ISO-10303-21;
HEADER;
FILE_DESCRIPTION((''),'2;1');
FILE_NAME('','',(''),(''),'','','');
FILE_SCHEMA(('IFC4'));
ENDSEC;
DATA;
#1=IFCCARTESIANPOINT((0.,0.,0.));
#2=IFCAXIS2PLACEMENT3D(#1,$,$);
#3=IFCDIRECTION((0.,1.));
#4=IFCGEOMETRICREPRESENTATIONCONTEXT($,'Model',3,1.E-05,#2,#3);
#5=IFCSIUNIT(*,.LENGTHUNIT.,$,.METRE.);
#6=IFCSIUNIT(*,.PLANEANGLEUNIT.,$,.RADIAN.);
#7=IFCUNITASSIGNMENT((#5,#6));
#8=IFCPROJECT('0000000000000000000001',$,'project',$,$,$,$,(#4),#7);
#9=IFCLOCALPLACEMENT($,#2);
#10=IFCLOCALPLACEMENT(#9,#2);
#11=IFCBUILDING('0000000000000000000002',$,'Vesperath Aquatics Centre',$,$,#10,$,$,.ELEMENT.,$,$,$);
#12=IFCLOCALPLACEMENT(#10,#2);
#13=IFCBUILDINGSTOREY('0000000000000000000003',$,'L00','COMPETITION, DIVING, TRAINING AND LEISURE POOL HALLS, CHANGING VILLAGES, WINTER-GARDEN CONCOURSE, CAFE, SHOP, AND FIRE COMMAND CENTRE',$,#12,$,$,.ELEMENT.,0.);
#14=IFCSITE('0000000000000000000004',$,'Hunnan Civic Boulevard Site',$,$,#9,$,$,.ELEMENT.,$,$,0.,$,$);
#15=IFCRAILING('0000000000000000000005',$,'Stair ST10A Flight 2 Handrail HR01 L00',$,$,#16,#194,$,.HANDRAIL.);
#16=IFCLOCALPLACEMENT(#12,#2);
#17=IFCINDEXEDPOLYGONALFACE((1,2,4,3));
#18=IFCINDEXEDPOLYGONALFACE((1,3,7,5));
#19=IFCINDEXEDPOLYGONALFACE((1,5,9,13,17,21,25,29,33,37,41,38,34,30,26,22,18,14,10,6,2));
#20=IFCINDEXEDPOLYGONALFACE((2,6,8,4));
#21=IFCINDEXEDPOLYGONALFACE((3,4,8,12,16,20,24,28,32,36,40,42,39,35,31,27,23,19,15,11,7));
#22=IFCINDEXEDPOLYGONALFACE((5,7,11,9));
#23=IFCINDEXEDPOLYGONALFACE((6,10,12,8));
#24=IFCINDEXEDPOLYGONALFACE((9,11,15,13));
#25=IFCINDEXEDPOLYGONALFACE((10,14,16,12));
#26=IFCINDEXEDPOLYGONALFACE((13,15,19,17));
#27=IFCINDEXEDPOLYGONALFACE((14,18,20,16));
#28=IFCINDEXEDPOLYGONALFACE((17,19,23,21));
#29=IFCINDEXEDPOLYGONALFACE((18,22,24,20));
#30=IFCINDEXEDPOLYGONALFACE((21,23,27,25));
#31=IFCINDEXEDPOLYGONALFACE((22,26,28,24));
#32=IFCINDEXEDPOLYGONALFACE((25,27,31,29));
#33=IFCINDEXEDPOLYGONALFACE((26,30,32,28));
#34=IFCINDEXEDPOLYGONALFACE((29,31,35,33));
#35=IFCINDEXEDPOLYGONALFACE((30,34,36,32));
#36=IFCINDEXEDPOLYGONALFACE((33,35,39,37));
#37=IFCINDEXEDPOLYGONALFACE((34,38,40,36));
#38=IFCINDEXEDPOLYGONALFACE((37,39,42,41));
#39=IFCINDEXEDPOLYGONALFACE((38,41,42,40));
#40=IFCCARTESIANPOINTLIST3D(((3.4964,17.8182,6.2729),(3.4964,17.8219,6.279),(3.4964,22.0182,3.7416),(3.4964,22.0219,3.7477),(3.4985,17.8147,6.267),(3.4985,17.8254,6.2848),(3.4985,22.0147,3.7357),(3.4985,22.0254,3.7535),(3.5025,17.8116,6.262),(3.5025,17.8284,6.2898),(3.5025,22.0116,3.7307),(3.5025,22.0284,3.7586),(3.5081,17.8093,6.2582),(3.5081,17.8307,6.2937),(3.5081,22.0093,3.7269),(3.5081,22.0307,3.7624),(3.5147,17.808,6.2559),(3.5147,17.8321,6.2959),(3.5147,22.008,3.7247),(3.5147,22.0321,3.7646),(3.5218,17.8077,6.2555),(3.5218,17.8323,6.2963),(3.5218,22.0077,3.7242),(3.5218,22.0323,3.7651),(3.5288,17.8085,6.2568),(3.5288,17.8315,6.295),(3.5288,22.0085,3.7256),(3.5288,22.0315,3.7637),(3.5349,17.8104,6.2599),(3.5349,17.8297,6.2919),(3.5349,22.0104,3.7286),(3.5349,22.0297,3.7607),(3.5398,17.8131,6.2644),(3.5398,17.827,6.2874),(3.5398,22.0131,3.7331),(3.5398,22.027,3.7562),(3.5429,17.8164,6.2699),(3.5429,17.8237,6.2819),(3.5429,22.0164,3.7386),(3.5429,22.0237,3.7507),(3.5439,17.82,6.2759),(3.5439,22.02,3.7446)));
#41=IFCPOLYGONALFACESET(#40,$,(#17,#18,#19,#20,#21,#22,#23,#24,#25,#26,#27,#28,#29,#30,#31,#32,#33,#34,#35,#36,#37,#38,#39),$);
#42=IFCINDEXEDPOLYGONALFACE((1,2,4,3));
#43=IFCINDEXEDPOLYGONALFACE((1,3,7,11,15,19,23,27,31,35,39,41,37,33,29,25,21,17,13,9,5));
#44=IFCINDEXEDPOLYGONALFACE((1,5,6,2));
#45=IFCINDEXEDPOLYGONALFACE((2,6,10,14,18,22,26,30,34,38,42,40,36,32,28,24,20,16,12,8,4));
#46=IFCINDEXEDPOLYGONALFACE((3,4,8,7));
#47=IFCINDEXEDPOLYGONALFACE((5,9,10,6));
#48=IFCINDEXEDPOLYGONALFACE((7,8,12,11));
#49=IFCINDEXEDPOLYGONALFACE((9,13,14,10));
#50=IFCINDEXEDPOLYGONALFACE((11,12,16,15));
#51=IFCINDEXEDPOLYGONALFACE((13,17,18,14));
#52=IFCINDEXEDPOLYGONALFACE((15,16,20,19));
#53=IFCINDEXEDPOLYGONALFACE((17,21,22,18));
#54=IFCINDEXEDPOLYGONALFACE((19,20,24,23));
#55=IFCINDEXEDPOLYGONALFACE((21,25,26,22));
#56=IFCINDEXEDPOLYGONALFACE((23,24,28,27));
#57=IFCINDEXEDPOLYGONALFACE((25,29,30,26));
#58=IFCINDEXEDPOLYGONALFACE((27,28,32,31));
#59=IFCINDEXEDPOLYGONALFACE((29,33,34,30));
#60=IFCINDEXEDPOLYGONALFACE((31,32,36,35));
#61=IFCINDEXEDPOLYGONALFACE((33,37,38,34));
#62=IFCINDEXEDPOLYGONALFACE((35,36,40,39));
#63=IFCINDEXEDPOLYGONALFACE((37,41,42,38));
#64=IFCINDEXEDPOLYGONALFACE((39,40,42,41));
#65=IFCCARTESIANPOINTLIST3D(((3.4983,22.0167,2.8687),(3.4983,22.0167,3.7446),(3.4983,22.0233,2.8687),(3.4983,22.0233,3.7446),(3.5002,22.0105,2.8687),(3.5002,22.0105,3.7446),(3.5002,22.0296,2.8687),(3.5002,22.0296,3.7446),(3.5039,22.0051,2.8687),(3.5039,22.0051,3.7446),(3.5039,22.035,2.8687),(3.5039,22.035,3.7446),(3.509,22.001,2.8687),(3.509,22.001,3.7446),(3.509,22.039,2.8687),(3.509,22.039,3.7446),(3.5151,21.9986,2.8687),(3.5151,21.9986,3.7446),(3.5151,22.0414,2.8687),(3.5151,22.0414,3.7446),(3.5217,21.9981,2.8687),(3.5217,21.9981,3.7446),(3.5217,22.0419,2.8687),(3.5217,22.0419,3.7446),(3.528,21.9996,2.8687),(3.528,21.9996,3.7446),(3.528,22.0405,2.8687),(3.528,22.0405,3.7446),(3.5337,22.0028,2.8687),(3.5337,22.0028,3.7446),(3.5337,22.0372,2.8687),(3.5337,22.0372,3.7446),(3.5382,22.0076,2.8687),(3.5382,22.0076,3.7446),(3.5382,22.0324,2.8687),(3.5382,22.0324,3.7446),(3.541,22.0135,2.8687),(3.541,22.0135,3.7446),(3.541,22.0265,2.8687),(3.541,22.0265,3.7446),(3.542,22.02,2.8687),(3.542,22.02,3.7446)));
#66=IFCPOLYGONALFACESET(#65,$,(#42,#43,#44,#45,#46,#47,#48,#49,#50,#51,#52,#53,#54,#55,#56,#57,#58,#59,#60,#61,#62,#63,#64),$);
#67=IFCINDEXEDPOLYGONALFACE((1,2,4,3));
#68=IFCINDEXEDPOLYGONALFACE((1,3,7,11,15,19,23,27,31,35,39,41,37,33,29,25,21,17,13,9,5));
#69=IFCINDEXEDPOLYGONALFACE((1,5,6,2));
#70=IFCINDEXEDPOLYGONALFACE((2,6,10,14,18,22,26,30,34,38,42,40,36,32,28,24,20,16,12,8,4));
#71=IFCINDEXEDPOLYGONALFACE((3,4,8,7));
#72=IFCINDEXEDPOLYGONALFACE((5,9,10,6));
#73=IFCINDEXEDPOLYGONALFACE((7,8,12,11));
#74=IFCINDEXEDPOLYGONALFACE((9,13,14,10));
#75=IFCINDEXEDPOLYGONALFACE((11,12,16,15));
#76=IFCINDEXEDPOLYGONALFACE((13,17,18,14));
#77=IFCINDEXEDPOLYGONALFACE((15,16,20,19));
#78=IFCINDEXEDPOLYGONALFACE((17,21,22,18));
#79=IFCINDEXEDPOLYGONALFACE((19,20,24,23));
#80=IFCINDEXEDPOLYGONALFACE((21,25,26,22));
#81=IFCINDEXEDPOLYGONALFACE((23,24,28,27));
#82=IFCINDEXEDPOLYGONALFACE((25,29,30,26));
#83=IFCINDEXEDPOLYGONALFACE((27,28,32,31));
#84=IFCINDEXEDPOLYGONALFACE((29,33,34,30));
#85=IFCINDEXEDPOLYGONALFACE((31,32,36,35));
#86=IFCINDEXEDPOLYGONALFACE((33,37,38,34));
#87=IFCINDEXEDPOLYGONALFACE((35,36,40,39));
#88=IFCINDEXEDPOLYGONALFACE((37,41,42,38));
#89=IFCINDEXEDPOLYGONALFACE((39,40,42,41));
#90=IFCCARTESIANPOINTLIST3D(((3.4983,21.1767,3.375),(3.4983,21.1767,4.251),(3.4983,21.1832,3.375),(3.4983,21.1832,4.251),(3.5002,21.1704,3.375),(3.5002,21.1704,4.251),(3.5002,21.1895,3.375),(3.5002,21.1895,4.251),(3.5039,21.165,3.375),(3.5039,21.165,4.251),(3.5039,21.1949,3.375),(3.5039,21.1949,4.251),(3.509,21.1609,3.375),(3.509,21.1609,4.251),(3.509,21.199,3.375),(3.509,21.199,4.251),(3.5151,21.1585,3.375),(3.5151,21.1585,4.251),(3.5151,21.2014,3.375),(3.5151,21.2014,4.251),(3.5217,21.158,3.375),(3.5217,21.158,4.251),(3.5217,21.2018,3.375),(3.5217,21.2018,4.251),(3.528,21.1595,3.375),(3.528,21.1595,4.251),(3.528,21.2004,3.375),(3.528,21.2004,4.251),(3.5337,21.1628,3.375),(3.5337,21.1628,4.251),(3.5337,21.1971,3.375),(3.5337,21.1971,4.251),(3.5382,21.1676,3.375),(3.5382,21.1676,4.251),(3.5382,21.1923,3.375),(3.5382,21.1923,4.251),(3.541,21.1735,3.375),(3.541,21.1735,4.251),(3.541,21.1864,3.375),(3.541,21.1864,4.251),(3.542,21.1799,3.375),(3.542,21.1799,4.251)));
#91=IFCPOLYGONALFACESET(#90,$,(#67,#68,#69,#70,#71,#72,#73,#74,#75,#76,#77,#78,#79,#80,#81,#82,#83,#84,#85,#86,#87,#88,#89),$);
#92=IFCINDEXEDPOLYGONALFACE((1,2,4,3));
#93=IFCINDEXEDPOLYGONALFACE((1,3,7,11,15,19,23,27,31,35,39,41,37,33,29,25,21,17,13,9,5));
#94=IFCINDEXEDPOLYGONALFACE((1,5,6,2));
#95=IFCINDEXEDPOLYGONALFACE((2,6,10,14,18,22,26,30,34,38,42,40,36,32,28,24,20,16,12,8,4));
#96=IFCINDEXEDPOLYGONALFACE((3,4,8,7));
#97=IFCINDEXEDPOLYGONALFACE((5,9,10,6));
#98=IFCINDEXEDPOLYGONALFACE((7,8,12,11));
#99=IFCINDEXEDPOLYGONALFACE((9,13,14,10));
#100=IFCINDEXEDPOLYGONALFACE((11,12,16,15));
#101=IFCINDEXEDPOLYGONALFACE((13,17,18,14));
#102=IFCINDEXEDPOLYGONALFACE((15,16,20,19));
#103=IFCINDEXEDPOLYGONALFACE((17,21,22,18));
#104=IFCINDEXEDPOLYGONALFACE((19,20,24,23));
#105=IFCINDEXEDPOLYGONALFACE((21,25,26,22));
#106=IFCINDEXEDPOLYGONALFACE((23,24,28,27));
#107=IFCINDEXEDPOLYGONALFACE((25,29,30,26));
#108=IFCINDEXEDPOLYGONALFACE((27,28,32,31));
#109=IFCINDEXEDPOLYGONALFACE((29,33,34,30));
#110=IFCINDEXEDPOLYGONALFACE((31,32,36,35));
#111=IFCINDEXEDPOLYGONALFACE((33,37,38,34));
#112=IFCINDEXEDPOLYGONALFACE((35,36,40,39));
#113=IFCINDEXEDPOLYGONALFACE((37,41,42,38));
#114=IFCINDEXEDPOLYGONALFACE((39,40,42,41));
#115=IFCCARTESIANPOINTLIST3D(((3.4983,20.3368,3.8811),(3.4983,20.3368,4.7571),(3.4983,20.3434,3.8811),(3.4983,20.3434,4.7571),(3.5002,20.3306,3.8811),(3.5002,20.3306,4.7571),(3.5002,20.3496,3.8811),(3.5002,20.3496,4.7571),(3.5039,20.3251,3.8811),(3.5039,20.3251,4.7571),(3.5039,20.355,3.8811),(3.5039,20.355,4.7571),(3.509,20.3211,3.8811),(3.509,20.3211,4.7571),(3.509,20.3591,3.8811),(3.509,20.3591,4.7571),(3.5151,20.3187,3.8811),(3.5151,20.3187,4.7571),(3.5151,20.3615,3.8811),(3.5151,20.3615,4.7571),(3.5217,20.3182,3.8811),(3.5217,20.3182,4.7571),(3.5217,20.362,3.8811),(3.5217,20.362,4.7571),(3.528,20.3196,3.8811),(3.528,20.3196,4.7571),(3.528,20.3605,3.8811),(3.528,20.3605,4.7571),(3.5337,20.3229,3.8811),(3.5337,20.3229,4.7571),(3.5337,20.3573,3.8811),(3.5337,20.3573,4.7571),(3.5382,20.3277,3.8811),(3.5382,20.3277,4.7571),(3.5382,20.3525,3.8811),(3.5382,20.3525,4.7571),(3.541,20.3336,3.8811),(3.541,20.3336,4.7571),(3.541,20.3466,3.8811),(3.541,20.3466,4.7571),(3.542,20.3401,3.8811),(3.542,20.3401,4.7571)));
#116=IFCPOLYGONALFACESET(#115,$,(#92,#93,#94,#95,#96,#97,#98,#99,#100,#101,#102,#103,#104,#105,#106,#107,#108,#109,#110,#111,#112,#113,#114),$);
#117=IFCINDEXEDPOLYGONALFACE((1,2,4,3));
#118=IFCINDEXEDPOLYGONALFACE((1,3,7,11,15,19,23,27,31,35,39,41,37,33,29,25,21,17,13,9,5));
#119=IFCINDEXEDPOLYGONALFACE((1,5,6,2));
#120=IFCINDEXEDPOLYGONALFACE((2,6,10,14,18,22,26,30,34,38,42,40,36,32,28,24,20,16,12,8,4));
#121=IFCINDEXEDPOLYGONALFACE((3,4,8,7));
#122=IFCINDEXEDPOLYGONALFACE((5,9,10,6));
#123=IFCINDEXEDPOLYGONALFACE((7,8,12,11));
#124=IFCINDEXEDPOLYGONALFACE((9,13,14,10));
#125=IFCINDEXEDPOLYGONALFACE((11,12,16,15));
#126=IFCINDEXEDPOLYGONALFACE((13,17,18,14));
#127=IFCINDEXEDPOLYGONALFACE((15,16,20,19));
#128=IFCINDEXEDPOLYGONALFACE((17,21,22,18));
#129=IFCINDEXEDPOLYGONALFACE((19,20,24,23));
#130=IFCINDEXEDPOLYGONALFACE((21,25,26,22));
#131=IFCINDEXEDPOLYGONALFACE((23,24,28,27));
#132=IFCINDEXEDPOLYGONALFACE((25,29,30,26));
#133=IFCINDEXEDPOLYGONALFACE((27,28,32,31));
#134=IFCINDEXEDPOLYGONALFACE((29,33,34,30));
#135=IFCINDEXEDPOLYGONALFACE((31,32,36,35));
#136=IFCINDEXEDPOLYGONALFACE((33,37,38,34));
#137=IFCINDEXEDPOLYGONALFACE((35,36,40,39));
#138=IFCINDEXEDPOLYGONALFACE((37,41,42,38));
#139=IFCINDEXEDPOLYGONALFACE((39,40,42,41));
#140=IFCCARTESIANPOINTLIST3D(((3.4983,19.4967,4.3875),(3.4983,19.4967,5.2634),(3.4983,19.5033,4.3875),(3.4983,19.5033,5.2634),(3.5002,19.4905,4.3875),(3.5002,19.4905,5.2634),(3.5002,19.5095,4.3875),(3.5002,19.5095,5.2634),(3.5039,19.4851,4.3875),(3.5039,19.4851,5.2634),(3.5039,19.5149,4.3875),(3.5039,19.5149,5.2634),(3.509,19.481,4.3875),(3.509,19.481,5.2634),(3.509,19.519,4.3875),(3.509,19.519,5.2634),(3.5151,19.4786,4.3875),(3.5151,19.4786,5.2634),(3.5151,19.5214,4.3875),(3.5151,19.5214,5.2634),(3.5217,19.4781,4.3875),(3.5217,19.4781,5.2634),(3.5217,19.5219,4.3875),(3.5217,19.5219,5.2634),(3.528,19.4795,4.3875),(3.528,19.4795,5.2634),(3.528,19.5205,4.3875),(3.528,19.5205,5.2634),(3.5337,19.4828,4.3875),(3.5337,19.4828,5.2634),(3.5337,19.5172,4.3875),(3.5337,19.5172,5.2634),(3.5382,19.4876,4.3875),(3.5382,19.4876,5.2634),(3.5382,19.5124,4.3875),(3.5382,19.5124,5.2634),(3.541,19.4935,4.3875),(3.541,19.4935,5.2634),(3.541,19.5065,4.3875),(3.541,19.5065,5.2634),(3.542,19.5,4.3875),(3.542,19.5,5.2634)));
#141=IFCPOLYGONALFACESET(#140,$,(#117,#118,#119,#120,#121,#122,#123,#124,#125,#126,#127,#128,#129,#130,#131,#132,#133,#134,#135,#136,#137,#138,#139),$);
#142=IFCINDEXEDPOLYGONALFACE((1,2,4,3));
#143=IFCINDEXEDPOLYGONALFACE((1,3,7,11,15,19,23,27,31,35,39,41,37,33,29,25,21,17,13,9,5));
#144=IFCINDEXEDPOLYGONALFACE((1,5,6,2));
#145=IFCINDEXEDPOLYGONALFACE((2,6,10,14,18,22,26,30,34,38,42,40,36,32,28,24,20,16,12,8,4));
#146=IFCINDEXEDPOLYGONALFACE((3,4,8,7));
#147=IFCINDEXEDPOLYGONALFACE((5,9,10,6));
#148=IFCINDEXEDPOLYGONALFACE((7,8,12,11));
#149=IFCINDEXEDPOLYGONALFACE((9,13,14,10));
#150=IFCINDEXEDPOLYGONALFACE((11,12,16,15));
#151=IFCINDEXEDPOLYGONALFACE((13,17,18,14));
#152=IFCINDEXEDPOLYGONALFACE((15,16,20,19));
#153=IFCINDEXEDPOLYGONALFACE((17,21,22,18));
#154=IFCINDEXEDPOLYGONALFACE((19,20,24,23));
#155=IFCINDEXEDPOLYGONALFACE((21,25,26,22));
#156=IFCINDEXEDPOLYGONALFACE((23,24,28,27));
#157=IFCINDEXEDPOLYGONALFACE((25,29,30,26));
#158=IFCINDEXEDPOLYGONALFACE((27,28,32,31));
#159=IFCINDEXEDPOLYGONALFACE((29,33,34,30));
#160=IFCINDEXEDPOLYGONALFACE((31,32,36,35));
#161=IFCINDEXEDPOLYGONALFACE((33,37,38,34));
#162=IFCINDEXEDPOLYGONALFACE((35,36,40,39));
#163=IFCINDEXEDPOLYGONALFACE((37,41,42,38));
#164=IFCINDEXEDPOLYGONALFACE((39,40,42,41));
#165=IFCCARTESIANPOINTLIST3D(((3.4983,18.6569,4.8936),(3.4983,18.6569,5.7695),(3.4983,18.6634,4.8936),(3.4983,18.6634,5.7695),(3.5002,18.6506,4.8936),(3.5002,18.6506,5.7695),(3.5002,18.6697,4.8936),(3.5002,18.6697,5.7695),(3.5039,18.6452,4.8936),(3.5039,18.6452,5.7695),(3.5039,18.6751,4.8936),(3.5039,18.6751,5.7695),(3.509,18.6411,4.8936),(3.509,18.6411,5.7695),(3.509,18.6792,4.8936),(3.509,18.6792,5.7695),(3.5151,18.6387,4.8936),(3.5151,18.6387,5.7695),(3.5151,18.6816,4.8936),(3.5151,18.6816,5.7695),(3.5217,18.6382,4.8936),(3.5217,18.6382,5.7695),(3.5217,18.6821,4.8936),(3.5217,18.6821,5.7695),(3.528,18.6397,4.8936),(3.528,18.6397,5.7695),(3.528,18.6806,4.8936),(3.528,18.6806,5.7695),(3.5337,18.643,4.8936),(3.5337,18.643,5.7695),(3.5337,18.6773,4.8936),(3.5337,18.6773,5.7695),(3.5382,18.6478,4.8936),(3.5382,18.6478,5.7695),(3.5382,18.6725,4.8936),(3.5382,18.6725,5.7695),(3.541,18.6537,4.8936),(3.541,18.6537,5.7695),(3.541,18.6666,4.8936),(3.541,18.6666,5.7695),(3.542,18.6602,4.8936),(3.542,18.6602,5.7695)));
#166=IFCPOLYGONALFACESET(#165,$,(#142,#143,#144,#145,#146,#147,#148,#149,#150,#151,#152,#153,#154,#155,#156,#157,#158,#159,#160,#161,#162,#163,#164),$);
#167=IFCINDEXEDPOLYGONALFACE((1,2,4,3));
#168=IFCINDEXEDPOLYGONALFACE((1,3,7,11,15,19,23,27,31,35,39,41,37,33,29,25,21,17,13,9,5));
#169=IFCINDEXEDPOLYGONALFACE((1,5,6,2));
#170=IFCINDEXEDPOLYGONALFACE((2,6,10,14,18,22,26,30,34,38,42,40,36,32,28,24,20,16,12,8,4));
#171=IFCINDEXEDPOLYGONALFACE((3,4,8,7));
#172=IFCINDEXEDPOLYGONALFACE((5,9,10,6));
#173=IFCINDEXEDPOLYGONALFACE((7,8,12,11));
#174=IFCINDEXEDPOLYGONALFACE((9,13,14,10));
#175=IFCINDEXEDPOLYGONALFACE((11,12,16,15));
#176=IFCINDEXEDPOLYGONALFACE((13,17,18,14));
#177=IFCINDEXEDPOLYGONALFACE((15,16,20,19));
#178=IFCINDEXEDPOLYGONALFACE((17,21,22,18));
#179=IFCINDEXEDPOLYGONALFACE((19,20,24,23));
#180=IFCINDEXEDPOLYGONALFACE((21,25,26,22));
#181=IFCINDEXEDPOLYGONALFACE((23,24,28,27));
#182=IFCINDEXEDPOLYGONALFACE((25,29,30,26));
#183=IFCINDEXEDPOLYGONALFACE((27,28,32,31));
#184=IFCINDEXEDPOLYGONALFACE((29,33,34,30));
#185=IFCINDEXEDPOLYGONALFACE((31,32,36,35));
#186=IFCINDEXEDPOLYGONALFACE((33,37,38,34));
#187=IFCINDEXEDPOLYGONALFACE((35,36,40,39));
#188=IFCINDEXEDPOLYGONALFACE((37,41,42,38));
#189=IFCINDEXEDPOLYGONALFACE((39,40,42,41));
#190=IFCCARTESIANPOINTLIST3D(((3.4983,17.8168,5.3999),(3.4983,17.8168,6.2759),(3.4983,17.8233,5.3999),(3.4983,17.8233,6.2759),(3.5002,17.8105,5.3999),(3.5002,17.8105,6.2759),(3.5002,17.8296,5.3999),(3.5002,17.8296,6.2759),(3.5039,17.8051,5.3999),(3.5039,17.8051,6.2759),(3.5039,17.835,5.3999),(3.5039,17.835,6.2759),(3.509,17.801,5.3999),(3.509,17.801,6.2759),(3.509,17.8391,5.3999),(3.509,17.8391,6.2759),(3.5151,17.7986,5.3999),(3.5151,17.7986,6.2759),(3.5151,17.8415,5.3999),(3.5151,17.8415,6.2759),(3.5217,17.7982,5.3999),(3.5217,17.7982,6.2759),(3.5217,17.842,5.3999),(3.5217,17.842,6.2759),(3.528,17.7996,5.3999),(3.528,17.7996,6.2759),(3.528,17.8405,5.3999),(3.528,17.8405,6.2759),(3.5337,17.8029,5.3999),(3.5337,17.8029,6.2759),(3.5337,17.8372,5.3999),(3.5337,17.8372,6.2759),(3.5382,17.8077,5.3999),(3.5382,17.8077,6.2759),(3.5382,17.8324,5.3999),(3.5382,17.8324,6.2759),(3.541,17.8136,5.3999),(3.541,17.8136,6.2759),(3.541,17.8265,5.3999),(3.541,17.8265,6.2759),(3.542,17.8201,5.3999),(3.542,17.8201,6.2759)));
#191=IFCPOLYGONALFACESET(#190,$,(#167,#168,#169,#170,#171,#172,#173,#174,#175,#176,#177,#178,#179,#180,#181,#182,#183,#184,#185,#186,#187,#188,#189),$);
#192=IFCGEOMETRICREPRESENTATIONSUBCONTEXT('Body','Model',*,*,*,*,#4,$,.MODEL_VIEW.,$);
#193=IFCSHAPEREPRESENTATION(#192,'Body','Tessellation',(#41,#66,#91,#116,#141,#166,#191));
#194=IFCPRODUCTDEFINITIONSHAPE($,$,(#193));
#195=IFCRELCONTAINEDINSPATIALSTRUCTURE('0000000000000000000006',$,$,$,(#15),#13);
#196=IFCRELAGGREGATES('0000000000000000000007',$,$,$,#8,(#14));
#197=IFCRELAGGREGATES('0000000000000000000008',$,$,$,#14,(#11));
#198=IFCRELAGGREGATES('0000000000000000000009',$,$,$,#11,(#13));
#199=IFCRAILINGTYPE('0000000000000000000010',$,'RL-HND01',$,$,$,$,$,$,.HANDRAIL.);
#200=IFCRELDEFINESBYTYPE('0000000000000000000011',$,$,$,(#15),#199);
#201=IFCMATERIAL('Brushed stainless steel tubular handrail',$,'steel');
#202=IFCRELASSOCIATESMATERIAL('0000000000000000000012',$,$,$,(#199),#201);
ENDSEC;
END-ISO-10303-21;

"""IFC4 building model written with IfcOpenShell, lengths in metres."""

from ifc_helpers import new_model, si_unit, direction, frame, origin, origin_2d, place, context, subcontext, project, spatial, circle, extrude, material, type_object, element, save


model = new_model("IFC4")

# Units and contexts
model_context = context("Model", 3, precision=1e-05, world=origin(), true_north=direction((0.0, 1.0)))
body_context = subcontext(model_context, "Body", "Model", "MODEL_VIEW")
ifc_project = project(units=[si_unit("LENGTHUNIT", "METRE"), si_unit("PLANEANGLEUNIT", "RADIAN")], contexts=[model_context])

# Site, building, storey
site_placement = place(None, origin())
site = spatial("IfcSite", under=ifc_project, at=site_placement, Name="Hunnan Civic Boulevard Site", CompositionType="ELEMENT", RefElevation=0.0)
building_placement = place(site_placement, origin())
building = spatial("IfcBuilding", under=site, at=building_placement, Name="Vesperath Aquatics Centre", CompositionType="ELEMENT")
storey_placement = place(building_placement, origin())
storey = spatial("IfcBuildingStorey", under=building, at=storey_placement, Name="L00", Description="COMPETITION, DIVING, TRAINING AND LEISURE POOL HALLS, CHANGING VILLAGES, WINTER-GARDEN CONCOURSE, CAFE, SHOP, AND FIRE COMMAND CENTRE", CompositionType="ELEMENT", Elevation=0.0)

# Railing
ifc_material_1 = material(Name="Brushed stainless steel tubular handrail", Category="steel")
railing_type_1 = type_object("IfcRailingType", Name="RL-HND01", PredefinedType="HANDRAIL", material=ifc_material_1)
railing_1_placement = place(storey_placement, frame((3.52, 22.02, 2.8687)))
element("IfcRailing", 1, at=railing_1_placement, inside=storey, type_object=railing_type_1, Name="Stair ST10A Flight 2 Handrail HR01 L00", PredefinedType="HANDRAIL", context=body_context, shape_type="SweptSolid", body=[
    extrude(circle(Radius=0.0239, at=origin_2d()), frame((0.0, 0.0, 0.876), z_axis=(0.0, -0.856476, 0.516186), x_axis=(1.0, 0.0, 0.0)), (0.0, 0.0, 1.0), 4.9038),
    extrude(circle(Radius=0.022, at=origin_2d()), origin(), (0.0, 0.0, 1.0), 0.876),
    extrude(circle(Radius=0.022, at=origin_2d()), frame((0.0, -0.8401, 0.5063)), (0.0, 0.0, 1.0), 0.876),
    extrude(circle(Radius=0.022, at=origin_2d()), frame((0.0, -1.6799, 1.0125)), (0.0, 0.0, 1.0), 0.876),
    extrude(circle(Radius=0.022, at=origin_2d()), frame((0.0, -2.52, 1.5188)), (0.0, 0.0, 1.0), 0.876),
    extrude(circle(Radius=0.022, at=origin_2d()), frame((0.0, -3.3599, 2.0249)), (0.0, 0.0, 1.0), 0.876),
    extrude(circle(Radius=0.022, at=origin_2d()), frame((0.0, -4.2, 2.5312)), (0.0, 0.0, 1.0), 0.876),
])

save(model, "model.ifc")
